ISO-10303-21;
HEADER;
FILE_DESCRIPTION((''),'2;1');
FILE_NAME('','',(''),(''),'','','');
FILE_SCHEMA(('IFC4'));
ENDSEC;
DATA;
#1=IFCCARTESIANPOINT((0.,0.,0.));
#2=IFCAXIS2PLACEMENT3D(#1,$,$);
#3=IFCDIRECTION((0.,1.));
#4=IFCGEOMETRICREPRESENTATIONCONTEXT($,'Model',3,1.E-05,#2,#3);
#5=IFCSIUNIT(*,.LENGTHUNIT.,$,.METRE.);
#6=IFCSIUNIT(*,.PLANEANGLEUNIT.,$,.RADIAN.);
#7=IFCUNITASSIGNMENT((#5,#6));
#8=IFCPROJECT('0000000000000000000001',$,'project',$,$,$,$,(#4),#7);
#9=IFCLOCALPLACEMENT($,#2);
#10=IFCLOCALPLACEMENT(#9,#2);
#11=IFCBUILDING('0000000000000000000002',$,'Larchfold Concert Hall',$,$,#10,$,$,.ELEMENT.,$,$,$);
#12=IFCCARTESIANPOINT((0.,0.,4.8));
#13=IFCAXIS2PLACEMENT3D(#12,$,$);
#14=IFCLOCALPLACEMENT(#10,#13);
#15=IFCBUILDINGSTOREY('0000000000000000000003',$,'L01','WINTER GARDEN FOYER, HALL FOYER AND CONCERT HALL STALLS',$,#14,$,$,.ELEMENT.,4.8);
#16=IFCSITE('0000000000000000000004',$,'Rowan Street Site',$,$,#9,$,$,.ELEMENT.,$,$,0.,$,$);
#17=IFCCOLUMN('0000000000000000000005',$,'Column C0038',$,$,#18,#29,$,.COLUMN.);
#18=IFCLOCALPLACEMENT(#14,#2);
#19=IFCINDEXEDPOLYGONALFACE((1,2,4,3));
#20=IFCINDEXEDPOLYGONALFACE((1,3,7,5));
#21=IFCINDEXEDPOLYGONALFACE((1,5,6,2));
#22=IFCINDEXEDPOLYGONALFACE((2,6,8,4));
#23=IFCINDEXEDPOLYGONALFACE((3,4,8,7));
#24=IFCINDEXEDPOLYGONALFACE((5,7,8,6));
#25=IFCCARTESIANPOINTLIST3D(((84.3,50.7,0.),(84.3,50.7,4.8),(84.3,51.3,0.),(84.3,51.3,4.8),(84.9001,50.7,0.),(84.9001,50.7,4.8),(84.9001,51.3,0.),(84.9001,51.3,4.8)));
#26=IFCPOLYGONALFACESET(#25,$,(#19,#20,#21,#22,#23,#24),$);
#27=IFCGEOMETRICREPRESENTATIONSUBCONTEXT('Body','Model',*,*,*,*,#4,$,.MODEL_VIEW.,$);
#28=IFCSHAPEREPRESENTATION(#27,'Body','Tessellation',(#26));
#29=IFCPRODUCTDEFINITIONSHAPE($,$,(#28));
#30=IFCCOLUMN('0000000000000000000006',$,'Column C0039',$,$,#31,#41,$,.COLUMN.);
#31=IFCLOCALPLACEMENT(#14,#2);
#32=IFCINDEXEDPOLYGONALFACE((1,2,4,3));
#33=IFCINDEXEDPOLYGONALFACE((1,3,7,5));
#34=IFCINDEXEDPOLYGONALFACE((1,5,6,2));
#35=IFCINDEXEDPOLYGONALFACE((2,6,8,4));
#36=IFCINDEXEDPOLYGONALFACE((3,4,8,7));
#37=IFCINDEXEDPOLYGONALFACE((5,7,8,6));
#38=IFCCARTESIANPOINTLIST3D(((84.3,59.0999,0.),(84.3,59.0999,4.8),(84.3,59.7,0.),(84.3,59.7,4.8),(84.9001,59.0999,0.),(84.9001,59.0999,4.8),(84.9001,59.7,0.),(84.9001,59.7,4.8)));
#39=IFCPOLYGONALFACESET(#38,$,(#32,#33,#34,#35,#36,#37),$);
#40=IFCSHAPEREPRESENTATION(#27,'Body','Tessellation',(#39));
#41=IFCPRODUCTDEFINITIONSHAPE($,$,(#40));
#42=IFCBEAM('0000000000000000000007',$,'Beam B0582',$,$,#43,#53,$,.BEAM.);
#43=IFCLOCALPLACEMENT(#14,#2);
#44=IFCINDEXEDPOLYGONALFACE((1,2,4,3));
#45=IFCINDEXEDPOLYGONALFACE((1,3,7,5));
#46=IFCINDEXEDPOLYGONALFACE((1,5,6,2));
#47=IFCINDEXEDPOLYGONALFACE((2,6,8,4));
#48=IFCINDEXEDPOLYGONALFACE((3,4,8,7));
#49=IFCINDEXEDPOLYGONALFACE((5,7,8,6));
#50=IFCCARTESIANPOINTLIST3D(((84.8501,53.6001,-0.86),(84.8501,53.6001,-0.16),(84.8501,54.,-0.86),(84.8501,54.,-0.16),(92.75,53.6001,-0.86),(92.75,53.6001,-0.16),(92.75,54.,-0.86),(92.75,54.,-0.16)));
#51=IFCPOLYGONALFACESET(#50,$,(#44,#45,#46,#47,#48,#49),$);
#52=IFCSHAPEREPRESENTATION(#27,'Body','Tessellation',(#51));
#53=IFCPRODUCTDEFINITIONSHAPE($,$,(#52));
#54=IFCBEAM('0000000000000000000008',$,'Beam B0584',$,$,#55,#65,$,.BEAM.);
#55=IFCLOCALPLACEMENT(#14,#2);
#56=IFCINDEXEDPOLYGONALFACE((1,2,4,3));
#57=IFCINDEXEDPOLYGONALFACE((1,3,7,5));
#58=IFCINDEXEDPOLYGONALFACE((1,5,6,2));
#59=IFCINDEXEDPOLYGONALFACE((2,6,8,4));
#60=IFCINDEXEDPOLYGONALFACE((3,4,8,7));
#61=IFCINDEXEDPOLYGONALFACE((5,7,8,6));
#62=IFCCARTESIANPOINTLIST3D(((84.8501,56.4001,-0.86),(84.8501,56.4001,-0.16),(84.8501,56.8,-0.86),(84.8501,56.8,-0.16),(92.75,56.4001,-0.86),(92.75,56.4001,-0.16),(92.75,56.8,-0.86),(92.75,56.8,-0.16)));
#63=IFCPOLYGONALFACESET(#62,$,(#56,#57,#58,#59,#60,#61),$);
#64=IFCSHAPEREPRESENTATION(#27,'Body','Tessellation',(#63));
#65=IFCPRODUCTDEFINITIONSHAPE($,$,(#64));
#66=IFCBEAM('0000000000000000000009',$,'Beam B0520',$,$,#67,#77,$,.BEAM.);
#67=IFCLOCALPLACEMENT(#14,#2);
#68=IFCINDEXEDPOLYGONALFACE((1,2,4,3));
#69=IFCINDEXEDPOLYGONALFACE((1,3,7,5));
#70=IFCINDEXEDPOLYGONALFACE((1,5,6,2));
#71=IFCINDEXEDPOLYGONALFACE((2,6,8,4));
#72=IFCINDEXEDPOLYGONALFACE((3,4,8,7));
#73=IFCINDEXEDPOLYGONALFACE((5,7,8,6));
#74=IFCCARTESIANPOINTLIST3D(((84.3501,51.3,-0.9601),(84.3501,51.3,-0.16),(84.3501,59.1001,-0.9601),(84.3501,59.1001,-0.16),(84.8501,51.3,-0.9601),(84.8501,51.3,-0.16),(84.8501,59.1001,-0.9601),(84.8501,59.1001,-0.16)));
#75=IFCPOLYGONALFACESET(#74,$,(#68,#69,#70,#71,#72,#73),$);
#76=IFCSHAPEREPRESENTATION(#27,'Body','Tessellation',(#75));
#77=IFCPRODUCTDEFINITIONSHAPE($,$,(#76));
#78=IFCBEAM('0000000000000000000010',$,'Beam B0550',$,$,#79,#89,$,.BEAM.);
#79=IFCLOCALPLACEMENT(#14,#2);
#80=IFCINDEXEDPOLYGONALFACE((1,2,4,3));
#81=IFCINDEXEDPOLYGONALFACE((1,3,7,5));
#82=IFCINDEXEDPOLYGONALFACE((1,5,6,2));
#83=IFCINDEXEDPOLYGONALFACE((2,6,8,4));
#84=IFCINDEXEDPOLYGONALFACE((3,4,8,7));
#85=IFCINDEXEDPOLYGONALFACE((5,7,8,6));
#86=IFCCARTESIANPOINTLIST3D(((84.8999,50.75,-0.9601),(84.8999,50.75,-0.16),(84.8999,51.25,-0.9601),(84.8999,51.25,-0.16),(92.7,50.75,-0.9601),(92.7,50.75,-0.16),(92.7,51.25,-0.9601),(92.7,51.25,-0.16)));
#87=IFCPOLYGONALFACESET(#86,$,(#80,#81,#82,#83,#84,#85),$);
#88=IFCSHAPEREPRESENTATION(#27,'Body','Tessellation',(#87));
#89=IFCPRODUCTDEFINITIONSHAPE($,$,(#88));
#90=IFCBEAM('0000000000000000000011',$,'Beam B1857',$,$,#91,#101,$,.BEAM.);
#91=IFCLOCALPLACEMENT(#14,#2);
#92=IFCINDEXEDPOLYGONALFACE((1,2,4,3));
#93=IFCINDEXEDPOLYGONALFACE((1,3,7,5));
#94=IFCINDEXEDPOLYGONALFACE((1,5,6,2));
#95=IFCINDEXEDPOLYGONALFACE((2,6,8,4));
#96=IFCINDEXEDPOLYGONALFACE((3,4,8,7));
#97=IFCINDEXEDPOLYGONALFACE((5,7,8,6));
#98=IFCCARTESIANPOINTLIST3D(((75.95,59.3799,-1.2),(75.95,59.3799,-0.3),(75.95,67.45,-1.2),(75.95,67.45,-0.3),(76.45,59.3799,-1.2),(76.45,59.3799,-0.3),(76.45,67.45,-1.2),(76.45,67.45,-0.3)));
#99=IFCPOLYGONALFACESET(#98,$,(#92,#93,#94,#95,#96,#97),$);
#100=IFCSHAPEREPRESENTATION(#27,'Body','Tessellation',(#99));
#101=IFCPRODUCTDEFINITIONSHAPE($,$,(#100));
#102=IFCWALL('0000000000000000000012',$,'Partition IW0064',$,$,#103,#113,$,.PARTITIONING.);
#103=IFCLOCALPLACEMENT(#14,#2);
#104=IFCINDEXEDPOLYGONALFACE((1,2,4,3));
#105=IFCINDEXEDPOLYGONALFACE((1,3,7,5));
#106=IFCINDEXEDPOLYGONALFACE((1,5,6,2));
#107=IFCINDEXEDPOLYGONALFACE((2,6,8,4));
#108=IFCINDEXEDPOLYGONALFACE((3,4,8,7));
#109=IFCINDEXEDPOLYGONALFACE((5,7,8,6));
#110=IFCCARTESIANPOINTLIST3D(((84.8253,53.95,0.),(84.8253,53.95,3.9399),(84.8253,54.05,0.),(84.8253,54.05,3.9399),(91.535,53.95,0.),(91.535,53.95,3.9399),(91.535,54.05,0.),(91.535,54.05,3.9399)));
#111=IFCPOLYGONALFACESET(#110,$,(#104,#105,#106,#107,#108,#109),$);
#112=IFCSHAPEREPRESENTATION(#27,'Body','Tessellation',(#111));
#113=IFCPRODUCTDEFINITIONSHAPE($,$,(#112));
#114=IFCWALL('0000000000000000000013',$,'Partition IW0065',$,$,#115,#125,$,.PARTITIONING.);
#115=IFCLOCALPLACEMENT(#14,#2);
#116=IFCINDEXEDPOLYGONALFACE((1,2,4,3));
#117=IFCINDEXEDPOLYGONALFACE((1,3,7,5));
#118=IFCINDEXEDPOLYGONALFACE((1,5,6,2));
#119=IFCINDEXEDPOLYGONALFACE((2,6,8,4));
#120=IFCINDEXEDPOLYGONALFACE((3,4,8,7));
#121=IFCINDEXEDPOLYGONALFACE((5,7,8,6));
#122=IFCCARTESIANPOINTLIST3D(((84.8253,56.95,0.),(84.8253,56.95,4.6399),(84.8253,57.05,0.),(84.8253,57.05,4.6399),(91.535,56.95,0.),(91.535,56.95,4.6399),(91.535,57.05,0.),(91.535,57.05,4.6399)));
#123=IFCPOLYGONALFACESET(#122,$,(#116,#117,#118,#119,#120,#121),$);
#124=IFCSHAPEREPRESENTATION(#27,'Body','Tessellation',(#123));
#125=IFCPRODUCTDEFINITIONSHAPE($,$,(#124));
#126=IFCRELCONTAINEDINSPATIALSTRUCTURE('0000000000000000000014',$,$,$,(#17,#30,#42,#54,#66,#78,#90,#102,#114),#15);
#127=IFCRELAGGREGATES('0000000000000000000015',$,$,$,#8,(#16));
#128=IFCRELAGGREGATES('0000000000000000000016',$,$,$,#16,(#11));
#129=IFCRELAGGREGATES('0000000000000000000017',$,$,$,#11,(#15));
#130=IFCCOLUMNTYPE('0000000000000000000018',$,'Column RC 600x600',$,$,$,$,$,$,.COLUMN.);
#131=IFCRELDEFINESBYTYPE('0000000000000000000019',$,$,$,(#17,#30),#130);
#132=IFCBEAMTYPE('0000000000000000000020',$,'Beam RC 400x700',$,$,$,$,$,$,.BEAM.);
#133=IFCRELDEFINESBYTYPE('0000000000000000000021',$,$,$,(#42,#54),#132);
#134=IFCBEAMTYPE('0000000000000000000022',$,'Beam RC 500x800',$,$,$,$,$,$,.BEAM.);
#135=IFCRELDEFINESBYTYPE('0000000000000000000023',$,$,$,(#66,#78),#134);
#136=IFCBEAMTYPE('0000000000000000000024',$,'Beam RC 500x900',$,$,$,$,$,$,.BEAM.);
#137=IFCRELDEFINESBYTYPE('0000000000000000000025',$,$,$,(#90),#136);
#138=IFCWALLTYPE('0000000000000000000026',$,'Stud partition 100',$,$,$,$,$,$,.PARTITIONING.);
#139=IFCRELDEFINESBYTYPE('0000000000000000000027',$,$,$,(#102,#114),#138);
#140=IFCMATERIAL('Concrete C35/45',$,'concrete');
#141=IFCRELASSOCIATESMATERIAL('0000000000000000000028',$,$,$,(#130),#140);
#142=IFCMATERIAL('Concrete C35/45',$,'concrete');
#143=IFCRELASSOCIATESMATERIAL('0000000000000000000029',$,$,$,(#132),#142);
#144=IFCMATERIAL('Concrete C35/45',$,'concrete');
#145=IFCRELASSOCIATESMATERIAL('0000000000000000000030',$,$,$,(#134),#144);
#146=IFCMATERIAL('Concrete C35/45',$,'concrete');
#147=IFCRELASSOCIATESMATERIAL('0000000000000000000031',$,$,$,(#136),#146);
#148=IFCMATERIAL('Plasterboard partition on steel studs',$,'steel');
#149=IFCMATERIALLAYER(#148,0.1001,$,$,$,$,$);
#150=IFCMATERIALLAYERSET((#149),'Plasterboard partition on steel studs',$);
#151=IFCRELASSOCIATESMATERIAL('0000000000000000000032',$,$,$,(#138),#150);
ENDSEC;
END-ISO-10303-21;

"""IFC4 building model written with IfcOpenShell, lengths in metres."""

from ifc_helpers import new_model, si_unit, direction, frame, frame_2d, origin, origin_2d, place, context, subcontext, project, spatial, rectangle, extrude, material, layer, layer_set, material_profile, profile_set, type_object, element, save


model = new_model("IFC4")

# Units and contexts
model_context = context("Model", 3, precision=1e-05, world=origin(), true_north=direction((0.0, 1.0)))
body_context = subcontext(model_context, "Body", "Model", "MODEL_VIEW")
ifc_project = project(units=[si_unit("LENGTHUNIT", "METRE"), si_unit("PLANEANGLEUNIT", "RADIAN")], contexts=[model_context])

# Site, building, storey
site_placement = place(None, origin())
site = spatial("IfcSite", under=ifc_project, at=site_placement, Name="Rowan Street Site", CompositionType="ELEMENT", RefElevation=0.0)
building_placement = place(site_placement, origin())
building = spatial("IfcBuilding", under=site, at=building_placement, Name="Larchfold Concert Hall", CompositionType="ELEMENT")
storey_placement = place(building_placement, frame((0.0, 0.0, 4.8)))
storey = spatial("IfcBuildingStorey", under=building, at=storey_placement, Name="L01", Description="WINTER GARDEN FOYER, HALL FOYER AND CONCERT HALL STALLS", CompositionType="ELEMENT", Elevation=4.8)

# Columns
ifc_material_1 = material(Name="Concrete C35/45", Category="concrete")
ifc_material_profile_1 = material_profile(ifc_material_1, rectangle(XDim=0.6001, YDim=0.6001, at=origin_2d()))
ifc_profile_set_1 = profile_set([ifc_material_profile_1], Name="Concrete C35/45")
column_type = type_object("IfcColumnType", Name="Column RC 600x600", PredefinedType="COLUMN", material=ifc_profile_set_1)
for number, where, z_axis, x_axis, name in (
    (1, (84.6001, 51.0, 0.0), (0.0, 0.0, 1.0), (1.0, 0.0, 0.0), "Column C0038"),
    (2, (84.6001, 59.3999, 0.0), (0.0, 0.0, 1.0), (1.0, 0.0, 0.0), "Column C0039"),
):
    element("IfcColumn", number, at=place(storey_placement, frame(where, z_axis=z_axis, x_axis=x_axis)), inside=storey, type_object=column_type, Name=name, PredefinedType="COLUMN", context=body_context, shape_type="SweptSolid", body=[
        extrude(rectangle(XDim=0.6001, YDim=0.6001, at=origin_2d()), origin(), (0.0, 0.0, 1.0), 4.8),
    ])

# Beams
ifc_material_2 = material(Name="Concrete C35/45", Category="concrete")
ifc_material_profile_2 = material_profile(ifc_material_2, rectangle(XDim=0.3999, YDim=0.7, at=origin_2d()))
ifc_profile_set_2 = profile_set([ifc_material_profile_2], Name="Concrete C35/45")
beam_type_1 = type_object("IfcBeamType", Name="Beam RC 400x700", PredefinedType="BEAM", material=ifc_profile_set_2)
for number, where, z_axis, x_axis, name in (
    (3, (84.8501, 53.8, -0.51), (1.0, 0.0, 0.0), (0.0, 1.0, 0.0), "Beam B0582"),
    (4, (84.8501, 56.6001, -0.51), (1.0, 0.0, 0.0), (0.0, 1.0, 0.0), "Beam B0584"),
):
    element("IfcBeam", number, at=place(storey_placement, frame(where, z_axis=z_axis, x_axis=x_axis)), inside=storey, type_object=beam_type_1, Name=name, PredefinedType="BEAM", context=body_context, shape_type="SweptSolid", body=[
        extrude(rectangle(XDim=0.3999, YDim=0.7, at=origin_2d()), origin(), (0.0, 0.0, 1.0), 7.8999),
    ])
ifc_material_3 = material(Name="Concrete C35/45", Category="concrete")
ifc_material_profile_3 = material_profile(ifc_material_3, rectangle(XDim=0.5, YDim=0.8, at=origin_2d()))
ifc_profile_set_3 = profile_set([ifc_material_profile_3], Name="Concrete C35/45")
beam_type_2 = type_object("IfcBeamType", Name="Beam RC 500x800", PredefinedType="BEAM", material=ifc_profile_set_3)
for number, where, z_axis, x_axis, name in (
    (5, (84.6001, 51.3, -0.5601), (0.0, 1.0, 0.0), (-1.0, 0.0, 0.0), "Beam B0520"),
    (6, (84.8999, 51.0, -0.5601), (1.0, 0.0, 0.0), (0.0, 1.0, 0.0), "Beam B0550"),
):
    element("IfcBeam", number, at=place(storey_placement, frame(where, z_axis=z_axis, x_axis=x_axis)), inside=storey, type_object=beam_type_2, Name=name, PredefinedType="BEAM", context=body_context, shape_type="SweptSolid", body=[
        extrude(rectangle(XDim=0.5, YDim=0.8, at=origin_2d()), origin(), (0.0, 0.0, 1.0), 7.8),
    ])
ifc_material_4 = material(Name="Concrete C35/45", Category="concrete")
ifc_material_profile_4 = material_profile(ifc_material_4, rectangle(XDim=0.5, YDim=0.8999, at=origin_2d()))
ifc_profile_set_4 = profile_set([ifc_material_profile_4], Name="Concrete C35/45")
beam_type_3 = type_object("IfcBeamType", Name="Beam RC 500x900", PredefinedType="BEAM", material=ifc_profile_set_4)
beam_placement = place(storey_placement, frame((76.2, 59.3799, -0.75), z_axis=(0.0, 1.0, 0.0), x_axis=(-1.0, 0.0, 0.0)))
element("IfcBeam", 7, at=beam_placement, inside=storey, type_object=beam_type_3, Name="Beam B1857", PredefinedType="BEAM", context=body_context, shape_type="SweptSolid", body=[
    extrude(rectangle(XDim=0.5, YDim=0.8999, at=origin_2d()), origin(), (0.0, 0.0, 1.0), 8.0701),
])

# Walls
ifc_material_5 = material(Name="Plasterboard partition on steel studs", Category="steel")
ifc_layer_1 = layer(ifc_material_5, 0.1001)
ifc_layer_set_1 = layer_set([ifc_layer_1], Name="Plasterboard partition on steel studs")
wall_type_1 = type_object("IfcWallType", Name="Stud partition 100", PredefinedType="PARTITIONING", material=ifc_layer_set_1)
wall_1_placement = place(storey_placement, frame((84.8252, 54.0, 0.0), z_axis=(0.0, 0.0, 1.0), x_axis=(1.0, 0.0, 0.0)))
element("IfcWall", 8, at=wall_1_placement, inside=storey, type_object=wall_type_1, Name="Partition IW0064", PredefinedType="PARTITIONING", context=body_context, shape_type="SweptSolid", body=[
    extrude(rectangle(XDim=6.7097, YDim=0.1001, at=frame_2d((3.355, 0.0))), origin(), (0.0, 0.0, 1.0), 3.9399),
])
wall_2_placement = place(storey_placement, frame((84.8252, 57.0, 0.0), z_axis=(0.0, 0.0, 1.0), x_axis=(1.0, 0.0, 0.0)))
element("IfcWall", 9, at=wall_2_placement, inside=storey, type_object=wall_type_1, Name="Partition IW0065", PredefinedType="PARTITIONING", context=body_context, shape_type="SweptSolid", body=[
    extrude(rectangle(XDim=6.7097, YDim=0.1001, at=frame_2d((3.355, 0.0))), origin(), (0.0, 0.0, 1.0), 4.6399),
])

save(model, "model.ifc")
